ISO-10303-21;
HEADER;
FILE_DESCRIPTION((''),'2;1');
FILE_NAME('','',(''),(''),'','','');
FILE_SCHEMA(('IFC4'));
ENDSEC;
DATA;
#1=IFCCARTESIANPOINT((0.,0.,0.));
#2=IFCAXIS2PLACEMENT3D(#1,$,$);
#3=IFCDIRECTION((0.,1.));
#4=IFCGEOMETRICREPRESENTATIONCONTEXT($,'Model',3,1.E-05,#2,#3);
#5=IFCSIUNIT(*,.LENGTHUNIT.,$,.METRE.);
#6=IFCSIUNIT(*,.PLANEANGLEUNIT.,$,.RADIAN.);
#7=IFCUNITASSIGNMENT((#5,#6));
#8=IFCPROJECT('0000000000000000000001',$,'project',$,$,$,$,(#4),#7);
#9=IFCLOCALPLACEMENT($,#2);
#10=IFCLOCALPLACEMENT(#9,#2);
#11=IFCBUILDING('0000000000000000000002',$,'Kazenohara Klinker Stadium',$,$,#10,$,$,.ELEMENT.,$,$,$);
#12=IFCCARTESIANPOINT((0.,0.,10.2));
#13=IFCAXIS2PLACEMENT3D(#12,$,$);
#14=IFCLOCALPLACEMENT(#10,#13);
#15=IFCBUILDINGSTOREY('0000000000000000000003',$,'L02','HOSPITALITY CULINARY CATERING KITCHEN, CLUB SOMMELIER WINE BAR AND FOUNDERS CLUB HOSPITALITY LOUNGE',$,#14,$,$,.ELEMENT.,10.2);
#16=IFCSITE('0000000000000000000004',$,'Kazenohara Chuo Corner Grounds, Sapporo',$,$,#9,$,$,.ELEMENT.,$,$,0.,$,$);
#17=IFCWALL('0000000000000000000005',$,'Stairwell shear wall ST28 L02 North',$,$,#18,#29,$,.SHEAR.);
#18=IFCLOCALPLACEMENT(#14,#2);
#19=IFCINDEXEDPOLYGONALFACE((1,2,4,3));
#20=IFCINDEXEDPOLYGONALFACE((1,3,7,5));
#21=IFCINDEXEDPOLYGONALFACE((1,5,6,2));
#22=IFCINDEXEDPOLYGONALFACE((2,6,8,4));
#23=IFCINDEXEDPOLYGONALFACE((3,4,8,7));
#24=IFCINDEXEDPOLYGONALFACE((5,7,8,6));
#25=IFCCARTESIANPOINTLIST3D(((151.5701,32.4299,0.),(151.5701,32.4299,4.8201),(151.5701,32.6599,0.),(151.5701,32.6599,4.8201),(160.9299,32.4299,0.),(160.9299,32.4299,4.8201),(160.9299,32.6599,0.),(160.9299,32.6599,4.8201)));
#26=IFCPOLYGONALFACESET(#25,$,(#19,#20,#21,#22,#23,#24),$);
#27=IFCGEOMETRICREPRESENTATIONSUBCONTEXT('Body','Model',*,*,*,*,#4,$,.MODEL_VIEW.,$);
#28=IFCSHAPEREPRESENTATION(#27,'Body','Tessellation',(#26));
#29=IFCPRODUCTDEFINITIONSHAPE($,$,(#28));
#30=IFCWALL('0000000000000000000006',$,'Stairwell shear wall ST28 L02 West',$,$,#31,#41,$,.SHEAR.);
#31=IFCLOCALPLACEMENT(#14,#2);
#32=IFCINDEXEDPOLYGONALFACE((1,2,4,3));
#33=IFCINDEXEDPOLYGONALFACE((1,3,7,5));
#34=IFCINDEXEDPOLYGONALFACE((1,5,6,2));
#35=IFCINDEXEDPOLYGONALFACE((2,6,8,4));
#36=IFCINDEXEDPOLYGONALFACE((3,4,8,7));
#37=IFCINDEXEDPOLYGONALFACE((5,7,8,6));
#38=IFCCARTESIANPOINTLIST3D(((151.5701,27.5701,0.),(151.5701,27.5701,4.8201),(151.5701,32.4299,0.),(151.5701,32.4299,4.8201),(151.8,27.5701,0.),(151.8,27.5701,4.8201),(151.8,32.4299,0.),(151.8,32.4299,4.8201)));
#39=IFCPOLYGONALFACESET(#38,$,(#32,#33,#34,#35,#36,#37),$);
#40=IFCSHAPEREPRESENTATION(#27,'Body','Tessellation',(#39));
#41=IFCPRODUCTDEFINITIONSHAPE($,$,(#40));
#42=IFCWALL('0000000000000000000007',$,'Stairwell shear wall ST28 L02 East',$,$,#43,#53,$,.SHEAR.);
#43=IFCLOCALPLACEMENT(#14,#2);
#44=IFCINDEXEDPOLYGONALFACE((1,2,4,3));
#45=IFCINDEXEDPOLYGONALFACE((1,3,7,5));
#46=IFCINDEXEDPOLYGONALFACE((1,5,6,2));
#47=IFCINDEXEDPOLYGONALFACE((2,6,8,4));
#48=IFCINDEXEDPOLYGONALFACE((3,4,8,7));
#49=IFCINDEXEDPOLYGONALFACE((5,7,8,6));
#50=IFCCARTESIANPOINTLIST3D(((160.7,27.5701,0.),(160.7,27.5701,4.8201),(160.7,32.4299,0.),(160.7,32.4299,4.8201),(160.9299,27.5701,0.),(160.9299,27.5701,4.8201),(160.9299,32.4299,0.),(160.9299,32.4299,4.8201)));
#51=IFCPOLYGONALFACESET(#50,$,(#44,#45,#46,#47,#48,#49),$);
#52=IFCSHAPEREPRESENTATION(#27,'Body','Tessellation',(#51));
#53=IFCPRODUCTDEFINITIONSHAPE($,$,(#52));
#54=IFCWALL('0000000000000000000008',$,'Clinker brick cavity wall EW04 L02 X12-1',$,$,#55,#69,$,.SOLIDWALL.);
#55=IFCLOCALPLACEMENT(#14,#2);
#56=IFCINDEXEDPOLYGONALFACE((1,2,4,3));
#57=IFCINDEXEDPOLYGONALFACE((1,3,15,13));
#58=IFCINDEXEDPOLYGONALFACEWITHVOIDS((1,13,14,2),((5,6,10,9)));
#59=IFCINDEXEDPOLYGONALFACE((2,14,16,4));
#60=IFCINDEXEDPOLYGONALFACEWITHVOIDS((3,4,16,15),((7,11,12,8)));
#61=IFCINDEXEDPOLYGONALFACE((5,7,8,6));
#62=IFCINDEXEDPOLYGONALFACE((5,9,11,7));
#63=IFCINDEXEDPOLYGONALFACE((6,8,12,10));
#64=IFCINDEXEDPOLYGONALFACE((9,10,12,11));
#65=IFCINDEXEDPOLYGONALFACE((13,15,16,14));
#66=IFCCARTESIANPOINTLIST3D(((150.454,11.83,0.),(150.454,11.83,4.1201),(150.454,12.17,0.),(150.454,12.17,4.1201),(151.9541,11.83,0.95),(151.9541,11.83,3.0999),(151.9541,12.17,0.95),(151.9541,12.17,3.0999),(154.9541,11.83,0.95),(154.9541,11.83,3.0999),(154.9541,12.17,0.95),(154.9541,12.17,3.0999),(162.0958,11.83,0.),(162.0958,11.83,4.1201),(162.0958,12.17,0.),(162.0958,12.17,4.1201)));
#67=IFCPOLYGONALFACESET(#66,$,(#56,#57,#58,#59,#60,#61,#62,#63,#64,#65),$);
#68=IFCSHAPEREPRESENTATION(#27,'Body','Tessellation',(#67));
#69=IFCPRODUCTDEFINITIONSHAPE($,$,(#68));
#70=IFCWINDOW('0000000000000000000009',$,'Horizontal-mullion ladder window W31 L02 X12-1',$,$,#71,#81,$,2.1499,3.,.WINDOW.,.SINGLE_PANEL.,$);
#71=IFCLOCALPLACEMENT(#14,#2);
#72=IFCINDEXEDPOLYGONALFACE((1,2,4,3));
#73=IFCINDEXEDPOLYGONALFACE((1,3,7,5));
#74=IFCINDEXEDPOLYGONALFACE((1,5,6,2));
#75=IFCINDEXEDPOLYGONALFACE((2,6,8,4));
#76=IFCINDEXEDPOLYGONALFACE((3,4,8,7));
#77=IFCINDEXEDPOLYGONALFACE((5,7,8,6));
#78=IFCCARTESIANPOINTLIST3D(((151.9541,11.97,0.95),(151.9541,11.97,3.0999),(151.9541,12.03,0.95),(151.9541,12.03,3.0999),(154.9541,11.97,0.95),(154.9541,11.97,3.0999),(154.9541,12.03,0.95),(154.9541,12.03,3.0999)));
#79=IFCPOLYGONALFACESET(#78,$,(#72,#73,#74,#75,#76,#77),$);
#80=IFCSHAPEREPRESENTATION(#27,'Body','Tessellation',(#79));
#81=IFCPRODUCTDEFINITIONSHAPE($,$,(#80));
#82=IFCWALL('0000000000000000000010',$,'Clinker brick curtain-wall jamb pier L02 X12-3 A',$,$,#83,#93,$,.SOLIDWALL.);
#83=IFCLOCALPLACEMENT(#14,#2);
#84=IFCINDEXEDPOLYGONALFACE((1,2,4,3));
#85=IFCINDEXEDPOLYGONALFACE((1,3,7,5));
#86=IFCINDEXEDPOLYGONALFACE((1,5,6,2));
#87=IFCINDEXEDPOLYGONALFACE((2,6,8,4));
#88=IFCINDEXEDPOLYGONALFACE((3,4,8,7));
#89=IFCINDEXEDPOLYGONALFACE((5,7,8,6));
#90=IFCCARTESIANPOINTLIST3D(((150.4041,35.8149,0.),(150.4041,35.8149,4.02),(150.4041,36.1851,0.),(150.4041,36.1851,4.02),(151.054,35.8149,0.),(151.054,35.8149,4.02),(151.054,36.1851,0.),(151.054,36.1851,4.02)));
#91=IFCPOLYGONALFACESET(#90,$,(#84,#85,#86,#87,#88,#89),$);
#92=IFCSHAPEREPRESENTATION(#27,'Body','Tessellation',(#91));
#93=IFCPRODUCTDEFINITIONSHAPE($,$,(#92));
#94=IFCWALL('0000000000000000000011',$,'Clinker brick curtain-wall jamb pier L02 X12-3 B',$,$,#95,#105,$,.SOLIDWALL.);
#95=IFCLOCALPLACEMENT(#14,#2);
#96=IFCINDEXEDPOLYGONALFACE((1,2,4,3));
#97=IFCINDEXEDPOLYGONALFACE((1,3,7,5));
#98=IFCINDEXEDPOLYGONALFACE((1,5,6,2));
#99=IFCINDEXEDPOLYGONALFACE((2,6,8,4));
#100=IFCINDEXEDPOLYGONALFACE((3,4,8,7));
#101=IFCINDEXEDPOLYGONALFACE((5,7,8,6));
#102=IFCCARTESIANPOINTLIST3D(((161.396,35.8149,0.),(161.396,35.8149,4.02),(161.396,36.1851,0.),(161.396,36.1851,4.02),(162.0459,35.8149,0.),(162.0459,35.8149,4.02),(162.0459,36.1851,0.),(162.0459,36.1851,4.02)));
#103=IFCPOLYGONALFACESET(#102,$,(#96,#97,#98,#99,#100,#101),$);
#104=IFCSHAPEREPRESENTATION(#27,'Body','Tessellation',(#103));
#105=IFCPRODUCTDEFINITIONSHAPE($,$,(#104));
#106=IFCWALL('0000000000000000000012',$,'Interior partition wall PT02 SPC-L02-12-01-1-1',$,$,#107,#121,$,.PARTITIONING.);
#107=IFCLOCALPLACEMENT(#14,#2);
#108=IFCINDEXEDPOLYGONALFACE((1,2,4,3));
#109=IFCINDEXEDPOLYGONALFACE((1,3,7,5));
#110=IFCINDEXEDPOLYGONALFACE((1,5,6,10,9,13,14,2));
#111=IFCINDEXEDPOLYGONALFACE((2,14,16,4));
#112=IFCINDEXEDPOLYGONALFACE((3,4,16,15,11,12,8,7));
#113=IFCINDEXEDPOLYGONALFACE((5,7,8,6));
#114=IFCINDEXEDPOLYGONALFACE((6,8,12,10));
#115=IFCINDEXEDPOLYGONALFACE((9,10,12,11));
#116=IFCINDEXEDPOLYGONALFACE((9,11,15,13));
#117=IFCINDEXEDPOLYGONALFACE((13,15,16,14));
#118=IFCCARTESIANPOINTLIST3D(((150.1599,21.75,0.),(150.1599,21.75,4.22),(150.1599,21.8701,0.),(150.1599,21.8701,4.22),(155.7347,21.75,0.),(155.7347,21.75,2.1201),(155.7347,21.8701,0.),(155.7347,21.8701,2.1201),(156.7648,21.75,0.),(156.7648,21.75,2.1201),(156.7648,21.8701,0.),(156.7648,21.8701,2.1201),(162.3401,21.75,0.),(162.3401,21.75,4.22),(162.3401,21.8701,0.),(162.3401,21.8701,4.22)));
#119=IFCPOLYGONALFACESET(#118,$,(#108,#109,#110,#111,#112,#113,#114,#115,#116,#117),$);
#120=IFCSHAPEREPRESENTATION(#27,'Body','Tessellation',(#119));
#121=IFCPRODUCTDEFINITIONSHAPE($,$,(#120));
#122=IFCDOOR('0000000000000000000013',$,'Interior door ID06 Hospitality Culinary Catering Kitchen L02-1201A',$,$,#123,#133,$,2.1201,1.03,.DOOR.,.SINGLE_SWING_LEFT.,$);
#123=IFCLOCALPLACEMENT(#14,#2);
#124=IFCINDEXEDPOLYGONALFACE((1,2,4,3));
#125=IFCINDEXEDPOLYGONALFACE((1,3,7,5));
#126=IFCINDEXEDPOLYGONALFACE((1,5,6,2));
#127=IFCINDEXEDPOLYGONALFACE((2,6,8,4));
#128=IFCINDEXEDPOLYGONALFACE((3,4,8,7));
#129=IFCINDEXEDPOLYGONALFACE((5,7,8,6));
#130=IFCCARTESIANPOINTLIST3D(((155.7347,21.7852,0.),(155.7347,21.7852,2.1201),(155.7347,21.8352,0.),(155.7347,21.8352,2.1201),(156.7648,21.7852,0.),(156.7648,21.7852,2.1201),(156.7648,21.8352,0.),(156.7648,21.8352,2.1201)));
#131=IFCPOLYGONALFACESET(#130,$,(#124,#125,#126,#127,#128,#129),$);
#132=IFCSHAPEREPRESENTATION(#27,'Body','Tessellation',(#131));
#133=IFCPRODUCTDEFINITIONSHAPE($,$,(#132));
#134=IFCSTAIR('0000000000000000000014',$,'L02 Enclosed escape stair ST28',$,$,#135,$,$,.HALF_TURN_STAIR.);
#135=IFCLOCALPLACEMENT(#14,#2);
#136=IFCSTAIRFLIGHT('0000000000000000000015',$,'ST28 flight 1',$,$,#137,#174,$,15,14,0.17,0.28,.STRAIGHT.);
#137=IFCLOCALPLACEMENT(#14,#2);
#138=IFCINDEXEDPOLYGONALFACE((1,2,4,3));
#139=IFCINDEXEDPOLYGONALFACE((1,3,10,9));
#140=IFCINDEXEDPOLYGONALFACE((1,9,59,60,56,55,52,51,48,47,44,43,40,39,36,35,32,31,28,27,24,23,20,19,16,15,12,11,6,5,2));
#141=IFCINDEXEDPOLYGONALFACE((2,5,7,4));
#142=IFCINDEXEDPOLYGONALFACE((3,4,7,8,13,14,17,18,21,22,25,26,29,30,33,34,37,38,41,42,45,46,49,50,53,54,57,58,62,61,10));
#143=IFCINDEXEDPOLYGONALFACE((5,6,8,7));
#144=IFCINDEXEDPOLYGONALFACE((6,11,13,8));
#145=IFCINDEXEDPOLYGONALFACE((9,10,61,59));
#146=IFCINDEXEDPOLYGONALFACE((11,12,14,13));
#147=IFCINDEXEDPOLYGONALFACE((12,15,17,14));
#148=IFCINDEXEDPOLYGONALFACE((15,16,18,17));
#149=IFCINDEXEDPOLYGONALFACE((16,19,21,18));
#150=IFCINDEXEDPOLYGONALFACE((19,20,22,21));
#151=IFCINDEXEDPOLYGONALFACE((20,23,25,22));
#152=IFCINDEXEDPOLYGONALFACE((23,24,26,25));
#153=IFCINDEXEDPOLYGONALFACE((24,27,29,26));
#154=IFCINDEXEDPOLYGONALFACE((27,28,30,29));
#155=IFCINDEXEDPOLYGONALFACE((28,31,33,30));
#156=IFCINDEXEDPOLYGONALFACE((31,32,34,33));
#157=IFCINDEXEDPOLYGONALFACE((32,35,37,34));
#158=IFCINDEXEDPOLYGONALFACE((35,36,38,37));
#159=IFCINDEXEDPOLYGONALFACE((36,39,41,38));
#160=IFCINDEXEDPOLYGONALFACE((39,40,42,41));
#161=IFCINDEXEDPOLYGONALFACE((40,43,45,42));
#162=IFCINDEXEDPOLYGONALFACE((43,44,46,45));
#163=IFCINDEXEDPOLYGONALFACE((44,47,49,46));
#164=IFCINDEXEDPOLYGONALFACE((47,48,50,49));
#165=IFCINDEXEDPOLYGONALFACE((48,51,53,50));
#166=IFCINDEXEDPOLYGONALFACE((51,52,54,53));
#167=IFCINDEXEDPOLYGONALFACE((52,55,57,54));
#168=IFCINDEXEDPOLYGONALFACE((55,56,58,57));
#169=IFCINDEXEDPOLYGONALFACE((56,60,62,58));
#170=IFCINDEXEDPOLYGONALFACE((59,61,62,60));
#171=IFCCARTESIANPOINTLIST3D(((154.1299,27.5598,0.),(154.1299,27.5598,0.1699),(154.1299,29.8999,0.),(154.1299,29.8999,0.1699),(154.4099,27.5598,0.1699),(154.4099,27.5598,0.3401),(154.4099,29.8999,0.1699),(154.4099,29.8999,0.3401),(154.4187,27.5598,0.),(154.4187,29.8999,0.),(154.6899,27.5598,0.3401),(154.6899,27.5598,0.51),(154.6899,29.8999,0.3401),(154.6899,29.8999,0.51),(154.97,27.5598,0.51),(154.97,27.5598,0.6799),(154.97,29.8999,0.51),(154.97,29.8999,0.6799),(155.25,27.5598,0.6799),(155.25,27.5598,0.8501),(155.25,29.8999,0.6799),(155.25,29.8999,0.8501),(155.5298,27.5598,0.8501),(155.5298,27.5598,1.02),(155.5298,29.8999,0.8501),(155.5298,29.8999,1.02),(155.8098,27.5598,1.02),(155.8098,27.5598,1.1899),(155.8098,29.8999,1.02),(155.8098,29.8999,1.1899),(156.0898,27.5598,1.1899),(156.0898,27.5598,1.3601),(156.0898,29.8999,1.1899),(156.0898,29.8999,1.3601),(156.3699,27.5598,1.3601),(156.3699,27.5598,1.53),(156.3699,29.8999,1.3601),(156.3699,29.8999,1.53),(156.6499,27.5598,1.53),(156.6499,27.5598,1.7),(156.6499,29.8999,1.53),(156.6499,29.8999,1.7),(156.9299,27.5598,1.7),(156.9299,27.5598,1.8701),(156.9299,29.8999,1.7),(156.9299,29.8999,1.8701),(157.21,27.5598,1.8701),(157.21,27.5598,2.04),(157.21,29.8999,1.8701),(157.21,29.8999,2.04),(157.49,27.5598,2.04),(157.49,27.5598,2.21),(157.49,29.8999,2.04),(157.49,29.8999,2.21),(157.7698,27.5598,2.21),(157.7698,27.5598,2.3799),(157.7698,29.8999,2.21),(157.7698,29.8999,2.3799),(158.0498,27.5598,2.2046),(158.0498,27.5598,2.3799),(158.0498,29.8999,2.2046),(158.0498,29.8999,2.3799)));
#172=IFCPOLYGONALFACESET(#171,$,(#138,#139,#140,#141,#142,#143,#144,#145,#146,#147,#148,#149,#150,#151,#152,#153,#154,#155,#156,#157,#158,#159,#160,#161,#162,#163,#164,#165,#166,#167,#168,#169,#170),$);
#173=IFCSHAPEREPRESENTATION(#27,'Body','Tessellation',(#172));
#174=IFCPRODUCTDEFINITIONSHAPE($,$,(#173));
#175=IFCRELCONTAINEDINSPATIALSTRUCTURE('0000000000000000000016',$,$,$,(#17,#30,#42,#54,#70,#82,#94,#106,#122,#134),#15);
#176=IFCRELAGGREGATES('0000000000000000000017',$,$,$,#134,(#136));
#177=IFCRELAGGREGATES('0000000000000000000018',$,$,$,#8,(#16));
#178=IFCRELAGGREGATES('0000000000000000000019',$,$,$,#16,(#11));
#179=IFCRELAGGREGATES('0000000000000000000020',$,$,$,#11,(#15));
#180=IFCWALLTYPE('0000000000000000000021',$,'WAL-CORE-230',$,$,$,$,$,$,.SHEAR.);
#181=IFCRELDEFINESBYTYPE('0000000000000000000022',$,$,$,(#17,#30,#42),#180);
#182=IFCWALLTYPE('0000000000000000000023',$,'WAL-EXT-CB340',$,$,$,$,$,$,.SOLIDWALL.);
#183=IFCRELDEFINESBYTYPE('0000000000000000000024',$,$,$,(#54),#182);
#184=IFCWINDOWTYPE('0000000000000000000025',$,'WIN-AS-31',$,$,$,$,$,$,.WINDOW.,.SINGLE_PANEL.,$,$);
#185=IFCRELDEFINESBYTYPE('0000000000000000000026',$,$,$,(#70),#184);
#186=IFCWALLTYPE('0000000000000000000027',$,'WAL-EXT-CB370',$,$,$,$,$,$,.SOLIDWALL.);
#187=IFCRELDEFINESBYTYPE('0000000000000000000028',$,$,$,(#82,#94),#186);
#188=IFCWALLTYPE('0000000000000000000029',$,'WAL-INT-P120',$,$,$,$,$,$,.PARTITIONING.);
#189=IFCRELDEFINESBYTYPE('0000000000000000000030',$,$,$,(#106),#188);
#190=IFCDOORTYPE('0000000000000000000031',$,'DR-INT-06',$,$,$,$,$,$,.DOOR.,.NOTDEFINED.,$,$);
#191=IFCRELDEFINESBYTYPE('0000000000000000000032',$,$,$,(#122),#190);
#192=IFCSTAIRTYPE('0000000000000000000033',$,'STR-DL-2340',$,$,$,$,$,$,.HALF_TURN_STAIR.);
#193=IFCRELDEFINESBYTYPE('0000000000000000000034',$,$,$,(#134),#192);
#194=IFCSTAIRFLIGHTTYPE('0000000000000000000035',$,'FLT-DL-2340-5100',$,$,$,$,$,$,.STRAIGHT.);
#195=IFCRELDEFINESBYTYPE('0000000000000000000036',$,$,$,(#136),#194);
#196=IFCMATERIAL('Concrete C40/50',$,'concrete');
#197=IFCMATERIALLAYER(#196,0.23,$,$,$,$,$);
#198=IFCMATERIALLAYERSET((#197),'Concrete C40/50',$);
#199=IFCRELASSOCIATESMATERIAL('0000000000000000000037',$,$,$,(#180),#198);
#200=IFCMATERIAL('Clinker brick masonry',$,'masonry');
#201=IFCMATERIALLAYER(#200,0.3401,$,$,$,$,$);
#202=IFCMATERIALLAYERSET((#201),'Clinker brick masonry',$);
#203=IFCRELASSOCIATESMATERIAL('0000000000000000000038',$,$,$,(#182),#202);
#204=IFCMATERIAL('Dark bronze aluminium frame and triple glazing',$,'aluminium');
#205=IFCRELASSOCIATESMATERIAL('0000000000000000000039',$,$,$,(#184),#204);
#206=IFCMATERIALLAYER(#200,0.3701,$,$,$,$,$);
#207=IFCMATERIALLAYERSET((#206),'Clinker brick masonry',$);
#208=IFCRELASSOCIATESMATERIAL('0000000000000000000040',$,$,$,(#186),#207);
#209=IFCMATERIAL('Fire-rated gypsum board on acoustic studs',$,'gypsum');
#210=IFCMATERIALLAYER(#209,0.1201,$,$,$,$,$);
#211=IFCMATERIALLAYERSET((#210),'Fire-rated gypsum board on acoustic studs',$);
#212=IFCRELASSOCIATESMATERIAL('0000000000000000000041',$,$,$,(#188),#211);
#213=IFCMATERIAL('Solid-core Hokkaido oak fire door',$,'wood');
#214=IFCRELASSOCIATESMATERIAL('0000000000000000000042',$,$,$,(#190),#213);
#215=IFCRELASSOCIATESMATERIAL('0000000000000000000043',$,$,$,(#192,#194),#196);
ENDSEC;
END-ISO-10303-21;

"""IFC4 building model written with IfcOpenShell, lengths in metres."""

from ifc_helpers import new_model, si_unit, direction, frame, frame_2d, origin, place, context, subcontext, project, spatial, polyline, rectangle, outline, extrude, material, layer, layer_set, type_object, element, fill, aggregate, save


model = new_model("IFC4")

# Units and contexts
model_context = context("Model", 3, precision=1e-05, world=origin(), true_north=direction((0.0, 1.0)))
body_context = subcontext(model_context, "Body", "Model", "MODEL_VIEW")
ifc_project = project(units=[si_unit("LENGTHUNIT", "METRE"), si_unit("PLANEANGLEUNIT", "RADIAN")], contexts=[model_context])

# Site, building, storey
site_placement = place(None, origin())
site = spatial("IfcSite", under=ifc_project, at=site_placement, Name="Kazenohara Chuo Corner Grounds, Sapporo", CompositionType="ELEMENT", RefElevation=0.0)
building_placement = place(site_placement, origin())
building = spatial("IfcBuilding", under=site, at=building_placement, Name="Kazenohara Klinker Stadium", CompositionType="ELEMENT")
storey_placement = place(building_placement, frame((0.0, 0.0, 10.2)))
storey = spatial("IfcBuildingStorey", under=building, at=storey_placement, Name="L02", Description="HOSPITALITY CULINARY CATERING KITCHEN, CLUB SOMMELIER WINE BAR AND FOUNDERS CLUB HOSPITALITY LOUNGE", CompositionType="ELEMENT", Elevation=10.2)

# Shared definitions
ifc_material_1 = material(Name="Concrete C40/50", Category="concrete")

# Shared definitions
ifc_layer_1 = layer(ifc_material_1, 0.23)
ifc_layer_set_1 = layer_set([ifc_layer_1], Name="Concrete C40/50")
wall_type_1 = type_object("IfcWallType", Name="WAL-CORE-230", PredefinedType="SHEAR", material=ifc_layer_set_1)

# Walls
wall_1_placement = place(storey_placement, frame((151.5701, 32.5449, 0.0), z_axis=(0.0, 0.0, 1.0), x_axis=(1.0, 0.0, 0.0)))
element("IfcWall", 1, at=wall_1_placement, inside=storey, type_object=wall_type_1, Name="Stairwell shear wall ST28 L02 North", PredefinedType="SHEAR", context=body_context, shape_type="SweptSolid", body=[
    extrude(rectangle(XDim=9.3599, YDim=0.23, at=frame_2d((4.6799, 0.0))), origin(), (0.0, 0.0, 1.0), 4.8201),
])
for number, where, z_axis, x_axis, name in (
    (2, (151.6851, 27.5701, 0.0), (0.0, 0.0, 1.0), (0.0, 1.0, 0.0), "Stairwell shear wall ST28 L02 West"),
    (3, (160.8149, 27.5701, 0.0), (0.0, 0.0, 1.0), (0.0, 1.0, 0.0), "Stairwell shear wall ST28 L02 East"),
):
    element("IfcWall", number, at=place(storey_placement, frame(where, z_axis=z_axis, x_axis=x_axis)), inside=storey, type_object=wall_type_1, Name=name, PredefinedType="SHEAR", context=body_context, shape_type="SweptSolid", body=[
        extrude(rectangle(XDim=4.8599, YDim=0.23, at=frame_2d((2.4299, 0.0))), origin(), (0.0, 0.0, 1.0), 4.8201),
    ])

# Wall, opening, window
ifc_material_2 = material(Name="Clinker brick masonry", Category="masonry")
ifc_layer_2 = layer(ifc_material_2, 0.3401)
ifc_layer_set_2 = layer_set([ifc_layer_2], Name="Clinker brick masonry")
wall_type_2 = type_object("IfcWallType", Name="WAL-EXT-CB340", PredefinedType="SOLIDWALL", material=ifc_layer_set_2)
wall_2_placement = place(storey_placement, frame((150.4541, 12.0, 0.0), z_axis=(0.0, 0.0, 1.0), x_axis=(1.0, 0.0, 0.0)))
wall_2 = element("IfcWall", 4, at=wall_2_placement, inside=storey, type_object=wall_type_2, Name="Clinker brick cavity wall EW04 L02 X12-1", PredefinedType="SOLIDWALL", context=body_context, shape_type="SweptSolid", body=[
    extrude(rectangle(XDim=11.6418, YDim=0.3401, at=frame_2d((5.8208, 0.0))), origin(), (0.0, 0.0, 1.0), 4.1201),
])
opening_1_placement = place(wall_2_placement, frame((1.5, 0.0, 0.95)))
opening_1 = element("IfcOpeningElement", 5, at=opening_1_placement, cuts=wall_2, PredefinedType="OPENING", context=body_context, shape_type="SweptSolid", body=[
    extrude(rectangle(XDim=3.0, YDim=2.1499, at=frame_2d((1.5, 1.075))), frame((0.0, 0.1802, 0.0), z_axis=(0.0, -1.0, 0.0), x_axis=(1.0, 0.0, 0.0)), (0.0, 0.0, 1.0), 0.3601),
])
ifc_material_3 = material(Name="Dark bronze aluminium frame and triple glazing", Category="aluminium")
window_type = type_object("IfcWindowType", Name="WIN-AS-31", PartitioningType="SINGLE_PANEL", PredefinedType="WINDOW", material=ifc_material_3)
window_placement = place(opening_1_placement, origin())
window = element("IfcWindow", 6, at=window_placement, inside=storey, type_object=window_type, Name="Horizontal-mullion ladder window W31 L02 X12-1", OverallHeight=2.1499, OverallWidth=3.0, PartitioningType="SINGLE_PANEL", PredefinedType="WINDOW", context=body_context, shape_type="SweptSolid", body=[
    extrude(rectangle(XDim=3.0, YDim=2.1499, at=frame_2d((1.5, 1.075))), frame((0.0, 0.03, 0.0), z_axis=(0.0, -1.0, 0.0), x_axis=(1.0, 0.0, 0.0)), (0.0, 0.0, 1.0), 0.0601),
])
fill(opening_1, window)

# Walls
ifc_layer_3 = layer(ifc_material_2, 0.3701)
ifc_layer_set_3 = layer_set([ifc_layer_3], Name="Clinker brick masonry")
wall_type_3 = type_object("IfcWallType", Name="WAL-EXT-CB370", PredefinedType="SOLIDWALL", material=ifc_layer_set_3)
for number, where, z_axis, x_axis, name in (
    (7, (150.4041, 36.0, 0.0), (0.0, 0.0, 1.0), (1.0, 0.0, 0.0), "Clinker brick curtain-wall jamb pier L02 X12-3 A"),
    (8, (161.396, 36.0, 0.0), (0.0, 0.0, 1.0), (1.0, 0.0, 0.0), "Clinker brick curtain-wall jamb pier L02 X12-3 B"),
):
    element("IfcWall", number, at=place(storey_placement, frame(where, z_axis=z_axis, x_axis=x_axis)), inside=storey, type_object=wall_type_3, Name=name, PredefinedType="SOLIDWALL", context=body_context, shape_type="SweptSolid", body=[
        extrude(rectangle(XDim=0.6499, YDim=0.3701, at=frame_2d((0.325, 0.0))), origin(), (0.0, 0.0, 1.0), 4.02),
    ])

# Wall, opening, door
ifc_material_4 = material(Name="Fire-rated gypsum board on acoustic studs", Category="gypsum")
ifc_layer_4 = layer(ifc_material_4, 0.1201)
ifc_layer_set_4 = layer_set([ifc_layer_4], Name="Fire-rated gypsum board on acoustic studs")
wall_type_4 = type_object("IfcWallType", Name="WAL-INT-P120", PredefinedType="PARTITIONING", material=ifc_layer_set_4)
wall_3_placement = place(storey_placement, frame((150.1599, 21.8101, 0.0), z_axis=(0.0, 0.0, 1.0), x_axis=(1.0, 0.0, 0.0)))
wall_3 = element("IfcWall", 9, at=wall_3_placement, inside=storey, type_object=wall_type_4, Name="Interior partition wall PT02 SPC-L02-12-01-1-1", PredefinedType="PARTITIONING", context=body_context, shape_type="SweptSolid", body=[
    extrude(rectangle(XDim=12.1802, YDim=0.1201, at=frame_2d((6.0901, 0.0))), origin(), (0.0, 0.0, 1.0), 4.22),
])
opening_2_placement = place(wall_3_placement, frame((6.605, 0.0, 0.0), z_axis=(0.0, 0.0, 1.0), x_axis=(-1.0, 0.0, 0.0)))
opening_2 = element("IfcOpeningElement", 10, at=opening_2_placement, cuts=wall_3, PredefinedType="OPENING", context=body_context, shape_type="SweptSolid", body=[
    extrude(rectangle(XDim=1.03, YDim=2.1201, at=frame_2d((0.5151, 1.0601))), frame((0.0, 0.0701, 0.0), z_axis=(0.0, -1.0, 0.0), x_axis=(1.0, 0.0, 0.0)), (0.0, 0.0, 1.0), 0.1401),
])
ifc_material_5 = material(Name="Solid-core Hokkaido oak fire door", Category="wood")
door_type_1 = type_object("IfcDoorType", Name="DR-INT-06", OperationType="NOTDEFINED", PredefinedType="DOOR", material=ifc_material_5)
door_1_placement = place(opening_2_placement, origin())
door_1 = element("IfcDoor", 11, at=door_1_placement, inside=storey, type_object=door_type_1, Name="Interior door ID06 Hospitality Culinary Catering Kitchen L02-1201A", OperationType="SINGLE_SWING_LEFT", OverallHeight=2.1201, OverallWidth=1.03, PredefinedType="DOOR", context=body_context, shape_type="SweptSolid", body=[
    extrude(rectangle(XDim=1.03, YDim=2.1201, at=frame_2d((0.5151, 1.0601))), frame((0.0, 0.0249, 0.0), z_axis=(0.0, -1.0, 0.0), x_axis=(1.0, 0.0, 0.0)), (0.0, 0.0, 1.0), 0.05),
])
fill(opening_2, door_1)

# Stair, stair flight
stair_type = type_object("IfcStairType", Name="STR-DL-2340", PredefinedType="HALF_TURN_STAIR", material=ifc_material_1)
stair_placement = place(storey_placement, origin())
stair = element("IfcStair", 12, at=stair_placement, inside=storey, type_object=stair_type, Name="L02 Enclosed escape stair ST28", PredefinedType="HALF_TURN_STAIR")
stair_flight_type = type_object("IfcStairFlightType", Name="FLT-DL-2340-5100", PredefinedType="STRAIGHT", material=ifc_material_1)
stair_flight_1_placement = place(storey_placement, frame((154.1299, 28.73, 0.0), z_axis=(0.0, 0.0, 1.0), x_axis=(1.0, 0.0, 0.0)))
stair_flight_1 = element("IfcStairFlight", 13, at=stair_flight_1_placement, type_object=stair_flight_type, Name="ST28 flight 1", NumberOfRisers=15, NumberOfTreads=14, PredefinedType="STRAIGHT", RiserHeight=0.17, TreadLength=0.28, context=body_context, shape_type="SweptSolid", body=[
    extrude(outline(polyline([(0.0, 0.0), (0.0, 0.1699), (0.28, 0.1699), (0.28, 0.3401), (0.5601, 0.3401), (0.5601, 0.51), (0.8401, 0.51), (0.8401, 0.6799), (1.1201, 0.6799), (1.1201, 0.8501), (1.3999, 0.8501), (1.3999, 1.02), (1.6799, 1.02), (1.6799, 1.1899), (1.96, 1.1899), (1.96, 1.3601), (2.24, 1.3601), (2.24, 1.53), (2.52, 1.53), (2.52, 1.7), (2.8, 1.7), (2.8, 1.8701), (3.0801, 1.8701), (3.0801, 2.04), (3.3601, 2.04), (3.3601, 2.21), (3.6399, 2.21), (3.6399, 2.3799), (3.9199, 2.3799), (3.9199, 2.55), (3.9199, 2.2046), (0.2888, 0.0), (0.0, 0.0)])), frame((0.0, 1.1699, 0.0), z_axis=(0.0, -1.0, 0.0), x_axis=(1.0, 0.0, 0.0)), (0.0, 0.0, 1.0), 2.3401),
])
aggregate(stair, [stair_flight_1])

save(model, "model.ifc")
